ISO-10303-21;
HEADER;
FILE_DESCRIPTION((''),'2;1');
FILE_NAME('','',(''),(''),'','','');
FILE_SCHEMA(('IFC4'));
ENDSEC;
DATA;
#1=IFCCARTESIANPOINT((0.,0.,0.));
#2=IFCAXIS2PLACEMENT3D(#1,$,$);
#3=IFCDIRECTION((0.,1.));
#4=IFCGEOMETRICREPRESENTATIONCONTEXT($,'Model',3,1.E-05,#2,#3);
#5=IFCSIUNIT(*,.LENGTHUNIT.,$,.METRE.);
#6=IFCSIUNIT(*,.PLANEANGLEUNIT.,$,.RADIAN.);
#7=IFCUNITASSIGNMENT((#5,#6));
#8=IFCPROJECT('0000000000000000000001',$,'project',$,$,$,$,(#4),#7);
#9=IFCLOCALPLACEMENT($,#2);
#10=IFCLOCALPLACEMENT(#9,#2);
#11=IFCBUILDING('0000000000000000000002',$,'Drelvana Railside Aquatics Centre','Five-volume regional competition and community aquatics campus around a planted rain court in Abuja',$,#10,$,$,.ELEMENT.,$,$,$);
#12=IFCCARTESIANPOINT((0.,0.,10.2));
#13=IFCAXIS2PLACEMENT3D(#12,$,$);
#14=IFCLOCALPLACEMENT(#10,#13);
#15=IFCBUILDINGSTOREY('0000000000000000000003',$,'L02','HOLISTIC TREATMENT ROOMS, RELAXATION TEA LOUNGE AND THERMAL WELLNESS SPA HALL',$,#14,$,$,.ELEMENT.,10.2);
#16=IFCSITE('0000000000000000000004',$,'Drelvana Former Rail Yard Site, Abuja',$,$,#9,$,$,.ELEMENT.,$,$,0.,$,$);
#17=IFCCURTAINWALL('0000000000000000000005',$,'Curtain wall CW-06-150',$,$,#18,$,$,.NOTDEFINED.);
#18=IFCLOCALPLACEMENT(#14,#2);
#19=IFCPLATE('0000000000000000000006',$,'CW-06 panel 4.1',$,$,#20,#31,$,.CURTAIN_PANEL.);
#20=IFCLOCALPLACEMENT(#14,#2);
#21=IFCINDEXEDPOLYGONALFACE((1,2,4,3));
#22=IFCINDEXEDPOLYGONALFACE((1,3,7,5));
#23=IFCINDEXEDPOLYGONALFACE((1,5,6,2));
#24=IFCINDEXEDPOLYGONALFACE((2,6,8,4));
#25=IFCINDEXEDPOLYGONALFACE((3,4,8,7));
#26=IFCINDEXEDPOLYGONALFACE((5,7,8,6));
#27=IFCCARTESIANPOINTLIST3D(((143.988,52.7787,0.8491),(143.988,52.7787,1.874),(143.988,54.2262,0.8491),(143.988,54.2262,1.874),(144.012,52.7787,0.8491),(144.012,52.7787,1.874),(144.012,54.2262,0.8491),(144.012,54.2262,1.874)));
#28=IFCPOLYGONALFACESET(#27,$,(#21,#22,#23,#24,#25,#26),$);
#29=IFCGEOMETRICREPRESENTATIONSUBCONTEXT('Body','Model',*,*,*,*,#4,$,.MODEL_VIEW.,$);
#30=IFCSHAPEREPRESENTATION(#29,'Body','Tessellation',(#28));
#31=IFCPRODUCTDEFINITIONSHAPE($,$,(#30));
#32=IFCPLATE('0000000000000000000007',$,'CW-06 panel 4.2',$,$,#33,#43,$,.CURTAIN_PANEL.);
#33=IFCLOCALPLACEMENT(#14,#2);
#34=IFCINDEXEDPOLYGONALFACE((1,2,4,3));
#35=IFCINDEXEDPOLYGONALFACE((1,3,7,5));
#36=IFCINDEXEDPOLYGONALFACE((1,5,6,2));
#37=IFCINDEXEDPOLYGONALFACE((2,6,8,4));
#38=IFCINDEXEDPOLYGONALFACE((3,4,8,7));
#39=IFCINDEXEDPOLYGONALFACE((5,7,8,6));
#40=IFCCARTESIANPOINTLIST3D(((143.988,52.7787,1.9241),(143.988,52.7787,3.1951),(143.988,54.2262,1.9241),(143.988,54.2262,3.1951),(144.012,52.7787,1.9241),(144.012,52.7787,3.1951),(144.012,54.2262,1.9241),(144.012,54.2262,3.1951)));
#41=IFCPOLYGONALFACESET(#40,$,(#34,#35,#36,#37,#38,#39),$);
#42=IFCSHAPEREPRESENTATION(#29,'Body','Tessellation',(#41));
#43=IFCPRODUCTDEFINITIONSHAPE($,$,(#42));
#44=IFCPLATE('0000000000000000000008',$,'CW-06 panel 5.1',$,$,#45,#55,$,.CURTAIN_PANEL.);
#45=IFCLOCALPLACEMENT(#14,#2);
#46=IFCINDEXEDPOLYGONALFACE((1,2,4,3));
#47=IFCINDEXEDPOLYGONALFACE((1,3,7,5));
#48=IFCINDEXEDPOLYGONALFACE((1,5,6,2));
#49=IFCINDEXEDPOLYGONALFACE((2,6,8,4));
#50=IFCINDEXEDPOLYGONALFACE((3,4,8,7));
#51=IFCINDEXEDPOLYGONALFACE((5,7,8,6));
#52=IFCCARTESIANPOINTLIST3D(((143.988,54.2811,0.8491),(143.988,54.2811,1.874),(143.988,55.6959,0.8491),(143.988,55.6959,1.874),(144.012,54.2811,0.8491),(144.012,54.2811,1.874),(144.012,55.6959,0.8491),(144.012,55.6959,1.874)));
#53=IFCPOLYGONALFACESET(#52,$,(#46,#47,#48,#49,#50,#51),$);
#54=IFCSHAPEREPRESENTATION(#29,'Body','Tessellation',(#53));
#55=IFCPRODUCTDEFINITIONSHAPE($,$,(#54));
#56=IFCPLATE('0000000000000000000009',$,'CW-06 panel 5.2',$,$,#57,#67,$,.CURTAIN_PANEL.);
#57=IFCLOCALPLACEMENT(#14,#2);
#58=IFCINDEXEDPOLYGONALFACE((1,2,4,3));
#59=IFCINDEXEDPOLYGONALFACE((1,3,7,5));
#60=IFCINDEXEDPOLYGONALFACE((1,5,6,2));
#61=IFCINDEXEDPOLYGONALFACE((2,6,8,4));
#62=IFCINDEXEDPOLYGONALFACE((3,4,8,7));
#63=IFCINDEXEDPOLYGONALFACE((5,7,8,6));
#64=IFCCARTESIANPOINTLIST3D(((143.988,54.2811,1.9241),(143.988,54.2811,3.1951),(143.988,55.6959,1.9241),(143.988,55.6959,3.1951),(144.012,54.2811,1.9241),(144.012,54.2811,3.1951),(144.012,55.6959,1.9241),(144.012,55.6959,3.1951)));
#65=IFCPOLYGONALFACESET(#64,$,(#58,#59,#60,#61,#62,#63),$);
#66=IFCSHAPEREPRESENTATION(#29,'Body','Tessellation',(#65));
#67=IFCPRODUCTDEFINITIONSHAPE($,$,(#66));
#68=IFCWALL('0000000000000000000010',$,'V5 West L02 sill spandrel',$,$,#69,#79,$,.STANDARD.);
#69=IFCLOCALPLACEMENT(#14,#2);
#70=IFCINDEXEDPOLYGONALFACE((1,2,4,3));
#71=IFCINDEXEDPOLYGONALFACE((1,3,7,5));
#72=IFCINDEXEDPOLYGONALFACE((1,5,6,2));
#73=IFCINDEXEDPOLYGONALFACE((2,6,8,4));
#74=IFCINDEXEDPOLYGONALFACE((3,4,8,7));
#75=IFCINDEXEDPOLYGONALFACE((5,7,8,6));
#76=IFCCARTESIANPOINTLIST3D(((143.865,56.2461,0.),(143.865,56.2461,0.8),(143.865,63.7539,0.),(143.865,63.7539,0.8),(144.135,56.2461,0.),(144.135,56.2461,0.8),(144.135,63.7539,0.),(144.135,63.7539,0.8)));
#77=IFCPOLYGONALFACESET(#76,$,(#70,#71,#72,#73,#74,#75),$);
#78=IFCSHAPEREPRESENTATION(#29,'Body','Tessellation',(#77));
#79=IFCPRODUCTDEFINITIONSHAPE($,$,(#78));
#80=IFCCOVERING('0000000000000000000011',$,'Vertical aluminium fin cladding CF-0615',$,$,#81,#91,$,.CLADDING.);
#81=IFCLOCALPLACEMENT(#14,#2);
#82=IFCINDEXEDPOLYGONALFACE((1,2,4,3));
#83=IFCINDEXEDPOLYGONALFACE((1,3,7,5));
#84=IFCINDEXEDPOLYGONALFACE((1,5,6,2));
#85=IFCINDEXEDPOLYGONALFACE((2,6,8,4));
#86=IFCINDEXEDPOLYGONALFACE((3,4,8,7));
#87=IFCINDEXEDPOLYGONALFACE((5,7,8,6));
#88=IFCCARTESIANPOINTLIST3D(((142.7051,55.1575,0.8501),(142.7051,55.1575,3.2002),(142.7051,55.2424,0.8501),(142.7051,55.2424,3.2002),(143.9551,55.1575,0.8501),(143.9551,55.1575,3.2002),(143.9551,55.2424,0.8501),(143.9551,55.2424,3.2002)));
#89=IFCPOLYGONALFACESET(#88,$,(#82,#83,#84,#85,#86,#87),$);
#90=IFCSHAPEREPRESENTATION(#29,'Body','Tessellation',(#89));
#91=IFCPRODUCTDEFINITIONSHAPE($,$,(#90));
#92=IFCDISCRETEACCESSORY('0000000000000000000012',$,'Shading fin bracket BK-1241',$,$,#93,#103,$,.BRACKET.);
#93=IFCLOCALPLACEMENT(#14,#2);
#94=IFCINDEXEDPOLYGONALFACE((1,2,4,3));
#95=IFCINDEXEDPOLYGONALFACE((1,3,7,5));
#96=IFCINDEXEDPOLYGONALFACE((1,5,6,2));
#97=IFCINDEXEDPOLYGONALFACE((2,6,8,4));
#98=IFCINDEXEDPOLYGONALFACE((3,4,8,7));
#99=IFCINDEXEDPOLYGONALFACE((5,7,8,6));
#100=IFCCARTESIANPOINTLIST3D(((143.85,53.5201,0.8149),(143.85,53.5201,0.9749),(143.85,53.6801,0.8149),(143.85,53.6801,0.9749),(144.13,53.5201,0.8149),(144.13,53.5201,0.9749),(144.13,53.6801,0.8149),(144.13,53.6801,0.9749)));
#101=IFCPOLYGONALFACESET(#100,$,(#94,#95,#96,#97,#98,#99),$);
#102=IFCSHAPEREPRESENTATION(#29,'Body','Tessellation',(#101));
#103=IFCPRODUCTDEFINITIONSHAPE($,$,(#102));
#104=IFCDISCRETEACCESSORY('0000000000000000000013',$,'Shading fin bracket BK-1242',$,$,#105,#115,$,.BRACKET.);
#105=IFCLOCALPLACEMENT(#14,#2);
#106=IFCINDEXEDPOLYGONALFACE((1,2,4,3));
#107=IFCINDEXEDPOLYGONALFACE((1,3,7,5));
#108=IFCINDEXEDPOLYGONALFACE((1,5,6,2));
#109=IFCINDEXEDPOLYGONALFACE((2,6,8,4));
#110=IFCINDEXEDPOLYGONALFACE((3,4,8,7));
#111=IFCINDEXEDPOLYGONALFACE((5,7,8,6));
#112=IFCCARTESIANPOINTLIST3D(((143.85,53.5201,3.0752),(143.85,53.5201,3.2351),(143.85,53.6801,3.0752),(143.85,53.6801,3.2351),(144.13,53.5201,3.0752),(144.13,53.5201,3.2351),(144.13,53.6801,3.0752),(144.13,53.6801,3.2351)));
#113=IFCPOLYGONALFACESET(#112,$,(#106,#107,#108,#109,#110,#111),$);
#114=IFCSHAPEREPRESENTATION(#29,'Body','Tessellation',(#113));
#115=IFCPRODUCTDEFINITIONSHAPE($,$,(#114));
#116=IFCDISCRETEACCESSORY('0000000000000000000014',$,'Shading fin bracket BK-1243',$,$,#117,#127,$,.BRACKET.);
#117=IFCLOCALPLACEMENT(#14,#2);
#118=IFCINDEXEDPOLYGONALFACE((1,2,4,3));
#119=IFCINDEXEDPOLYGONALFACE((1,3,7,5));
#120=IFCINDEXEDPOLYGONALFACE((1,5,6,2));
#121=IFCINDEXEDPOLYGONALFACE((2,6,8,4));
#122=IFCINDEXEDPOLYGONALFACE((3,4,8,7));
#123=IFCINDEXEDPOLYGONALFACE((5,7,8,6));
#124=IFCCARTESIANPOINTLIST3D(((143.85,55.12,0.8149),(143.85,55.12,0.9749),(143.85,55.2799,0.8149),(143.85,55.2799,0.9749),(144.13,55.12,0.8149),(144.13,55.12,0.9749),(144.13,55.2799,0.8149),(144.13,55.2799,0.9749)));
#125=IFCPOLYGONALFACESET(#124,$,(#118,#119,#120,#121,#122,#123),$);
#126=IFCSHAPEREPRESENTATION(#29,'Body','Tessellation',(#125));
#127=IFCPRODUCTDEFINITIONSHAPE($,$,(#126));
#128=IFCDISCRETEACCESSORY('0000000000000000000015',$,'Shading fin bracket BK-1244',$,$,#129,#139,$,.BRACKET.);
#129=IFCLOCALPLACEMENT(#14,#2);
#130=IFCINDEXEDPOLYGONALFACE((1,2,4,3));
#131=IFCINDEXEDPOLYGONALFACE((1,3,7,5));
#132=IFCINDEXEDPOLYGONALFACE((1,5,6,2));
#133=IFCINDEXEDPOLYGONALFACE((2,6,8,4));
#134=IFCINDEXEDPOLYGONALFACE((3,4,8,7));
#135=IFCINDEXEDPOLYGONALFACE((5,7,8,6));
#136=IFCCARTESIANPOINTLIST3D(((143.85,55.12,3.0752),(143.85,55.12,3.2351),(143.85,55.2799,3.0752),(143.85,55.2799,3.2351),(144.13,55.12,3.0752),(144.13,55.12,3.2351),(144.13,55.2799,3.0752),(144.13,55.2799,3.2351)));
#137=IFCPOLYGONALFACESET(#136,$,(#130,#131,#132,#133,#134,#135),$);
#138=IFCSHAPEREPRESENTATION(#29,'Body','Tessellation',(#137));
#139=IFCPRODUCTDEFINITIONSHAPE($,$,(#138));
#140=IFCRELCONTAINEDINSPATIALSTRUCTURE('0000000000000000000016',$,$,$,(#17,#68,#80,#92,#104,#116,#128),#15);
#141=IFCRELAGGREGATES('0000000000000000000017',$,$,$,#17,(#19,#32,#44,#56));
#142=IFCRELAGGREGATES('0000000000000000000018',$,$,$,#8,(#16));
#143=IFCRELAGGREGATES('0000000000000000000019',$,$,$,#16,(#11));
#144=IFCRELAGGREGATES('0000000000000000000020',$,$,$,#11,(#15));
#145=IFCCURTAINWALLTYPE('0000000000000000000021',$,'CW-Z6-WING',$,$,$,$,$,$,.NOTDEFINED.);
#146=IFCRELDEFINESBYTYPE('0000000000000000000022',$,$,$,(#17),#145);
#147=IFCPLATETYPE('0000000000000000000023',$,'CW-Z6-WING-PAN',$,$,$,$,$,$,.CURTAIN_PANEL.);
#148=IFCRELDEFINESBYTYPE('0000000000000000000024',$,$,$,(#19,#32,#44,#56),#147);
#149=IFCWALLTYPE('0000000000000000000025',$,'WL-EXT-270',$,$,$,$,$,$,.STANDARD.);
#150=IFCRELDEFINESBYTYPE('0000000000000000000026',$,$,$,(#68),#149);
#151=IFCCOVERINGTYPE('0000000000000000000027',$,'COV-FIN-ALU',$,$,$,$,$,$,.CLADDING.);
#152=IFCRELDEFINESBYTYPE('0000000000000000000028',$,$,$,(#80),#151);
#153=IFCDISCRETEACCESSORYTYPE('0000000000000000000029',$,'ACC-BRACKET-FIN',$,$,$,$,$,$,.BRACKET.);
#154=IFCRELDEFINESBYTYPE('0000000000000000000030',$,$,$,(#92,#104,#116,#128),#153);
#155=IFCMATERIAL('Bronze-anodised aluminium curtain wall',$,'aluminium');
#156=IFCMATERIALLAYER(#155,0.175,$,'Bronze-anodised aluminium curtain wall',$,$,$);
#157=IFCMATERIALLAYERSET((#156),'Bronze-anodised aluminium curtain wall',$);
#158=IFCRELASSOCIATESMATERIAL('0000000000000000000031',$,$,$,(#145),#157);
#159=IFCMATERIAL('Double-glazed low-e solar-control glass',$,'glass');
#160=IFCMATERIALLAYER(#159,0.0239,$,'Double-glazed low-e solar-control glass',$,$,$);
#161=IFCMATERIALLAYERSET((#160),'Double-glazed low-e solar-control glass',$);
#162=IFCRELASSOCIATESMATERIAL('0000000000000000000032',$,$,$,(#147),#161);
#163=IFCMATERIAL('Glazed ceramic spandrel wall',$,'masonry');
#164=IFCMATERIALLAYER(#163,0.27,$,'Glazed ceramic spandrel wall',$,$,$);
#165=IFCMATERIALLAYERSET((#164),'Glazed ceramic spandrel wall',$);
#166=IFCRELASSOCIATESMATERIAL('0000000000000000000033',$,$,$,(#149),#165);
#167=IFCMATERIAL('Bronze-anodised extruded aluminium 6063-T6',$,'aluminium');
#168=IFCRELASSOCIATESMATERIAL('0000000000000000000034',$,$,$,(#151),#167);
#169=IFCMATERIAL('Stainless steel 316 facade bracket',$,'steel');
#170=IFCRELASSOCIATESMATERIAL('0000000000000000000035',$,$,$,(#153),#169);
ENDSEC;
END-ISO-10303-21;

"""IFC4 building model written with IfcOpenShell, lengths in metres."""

from ifc_helpers import new_model, si_unit, direction, frame, frame_2d, origin, origin_2d, place, context, subcontext, project, spatial, rectangle, extrude, material, layer, layer_set, type_object, element, aggregate, save


model = new_model("IFC4")

# Units and contexts
model_context = context("Model", 3, precision=1e-05, world=origin(), true_north=direction((0.0, 1.0)))
body_context = subcontext(model_context, "Body", "Model", "MODEL_VIEW")
ifc_project = project(units=[si_unit("LENGTHUNIT", "METRE"), si_unit("PLANEANGLEUNIT", "RADIAN")], contexts=[model_context])

# Site, building, storey
site_placement = place(None, origin())
site = spatial("IfcSite", under=ifc_project, at=site_placement, Name="Drelvana Former Rail Yard Site, Abuja", CompositionType="ELEMENT", RefElevation=0.0)
building_placement = place(site_placement, origin())
building = spatial("IfcBuilding", under=site, at=building_placement, Name="Drelvana Railside Aquatics Centre", Description="Five-volume regional competition and community aquatics campus around a planted rain court in Abuja", CompositionType="ELEMENT")
storey_placement = place(building_placement, frame((0.0, 0.0, 10.2)))
storey = spatial("IfcBuildingStorey", under=building, at=storey_placement, Name="L02", Description="HOLISTIC TREATMENT ROOMS, RELAXATION TEA LOUNGE AND THERMAL WELLNESS SPA HALL", CompositionType="ELEMENT", Elevation=10.2)

# Curtain wall
ifc_material_1 = material(Name="Bronze-anodised aluminium curtain wall", Category="aluminium")
ifc_layer_1 = layer(ifc_material_1, 0.175, Name="Bronze-anodised aluminium curtain wall")
ifc_layer_set_1 = layer_set([ifc_layer_1], Name="Bronze-anodised aluminium curtain wall")
curtain_wall_type = type_object("IfcCurtainWallType", Name="CW-Z6-WING", PredefinedType="NOTDEFINED", material=ifc_layer_set_1)
curtain_wall_1_placement = place(storey_placement, origin())
curtain_wall_1 = element("IfcCurtainWall", 1, at=curtain_wall_1_placement, inside=storey, type_object=curtain_wall_type, Name="Curtain wall CW-06-150", PredefinedType="NOTDEFINED")

# Plates
ifc_material_2 = material(Name="Double-glazed low-e solar-control glass", Category="glass")
ifc_layer_2 = layer(ifc_material_2, 0.0239, Name="Double-glazed low-e solar-control glass")
ifc_layer_set_2 = layer_set([ifc_layer_2], Name="Double-glazed low-e solar-control glass")
plate_type = type_object("IfcPlateType", Name="CW-Z6-WING-PAN", PredefinedType="CURTAIN_PANEL", material=ifc_layer_set_2)
plate_1_placement = place(storey_placement, frame((144.0, 53.5024, 0.8491), z_axis=(0.0, 0.0, 1.0), x_axis=(0.0, 1.0, 0.0)))
plate_1 = element("IfcPlate", 2, at=plate_1_placement, type_object=plate_type, Name="CW-06 panel 4.1", PredefinedType="CURTAIN_PANEL", context=body_context, shape_type="SweptSolid", body=[
    extrude(rectangle(XDim=1.4475, YDim=0.0239, at=origin_2d()), origin(), (0.0, 0.0, 1.0), 1.0249),
])
plate_2_placement = place(storey_placement, frame((144.0, 53.5024, 1.9241), z_axis=(0.0, 0.0, 1.0), x_axis=(0.0, 1.0, 0.0)))
plate_2 = element("IfcPlate", 3, at=plate_2_placement, type_object=plate_type, Name="CW-06 panel 4.2", PredefinedType="CURTAIN_PANEL", context=body_context, shape_type="SweptSolid", body=[
    extrude(rectangle(XDim=1.4475, YDim=0.0239, at=origin_2d()), origin(), (0.0, 0.0, 1.0), 1.271),
])
plate_3_placement = place(storey_placement, frame((144.0, 54.9885, 0.8491), z_axis=(0.0, 0.0, 1.0), x_axis=(0.0, 1.0, 0.0)))
plate_3 = element("IfcPlate", 4, at=plate_3_placement, type_object=plate_type, Name="CW-06 panel 5.1", PredefinedType="CURTAIN_PANEL", context=body_context, shape_type="SweptSolid", body=[
    extrude(rectangle(XDim=1.4148, YDim=0.0239, at=origin_2d()), origin(), (0.0, 0.0, 1.0), 1.0249),
])
plate_4_placement = place(storey_placement, frame((144.0, 54.9885, 1.9241), z_axis=(0.0, 0.0, 1.0), x_axis=(0.0, 1.0, 0.0)))
plate_4 = element("IfcPlate", 5, at=plate_4_placement, type_object=plate_type, Name="CW-06 panel 5.2", PredefinedType="CURTAIN_PANEL", context=body_context, shape_type="SweptSolid", body=[
    extrude(rectangle(XDim=1.4148, YDim=0.0239, at=origin_2d()), origin(), (0.0, 0.0, 1.0), 1.271),
])
aggregate(curtain_wall_1, [plate_1, plate_2, plate_3, plate_4])

# Wall
ifc_material_3 = material(Name="Glazed ceramic spandrel wall", Category="masonry")
ifc_layer_3 = layer(ifc_material_3, 0.27, Name="Glazed ceramic spandrel wall")
ifc_layer_set_3 = layer_set([ifc_layer_3], Name="Glazed ceramic spandrel wall")
wall_type = type_object("IfcWallType", Name="WL-EXT-270", PredefinedType="STANDARD", material=ifc_layer_set_3)
wall_placement = place(storey_placement, frame((144.0, 56.2461, 0.0), z_axis=(0.0, 0.0, 1.0), x_axis=(0.0, 1.0, 0.0)))
element("IfcWall", 6, at=wall_placement, inside=storey, type_object=wall_type, Name="V5 West L02 sill spandrel", PredefinedType="STANDARD", context=body_context, shape_type="SweptSolid", body=[
    extrude(rectangle(XDim=7.5078, YDim=0.27, at=frame_2d((3.7539, 0.0))), origin(), (0.0, 0.0, 1.0), 0.8),
])

# Covering
ifc_material_4 = material(Name="Bronze-anodised extruded aluminium 6063-T6", Category="aluminium")
covering_type = type_object("IfcCoveringType", Name="COV-FIN-ALU", PredefinedType="CLADDING", material=ifc_material_4)
covering_placement = place(storey_placement, frame((143.3301, 55.2, 0.8501), z_axis=(0.0, 0.0, 1.0), x_axis=(0.0, 1.0, 0.0)))
element("IfcCovering", 7, at=covering_placement, inside=storey, type_object=covering_type, Name="Vertical aluminium fin cladding CF-0615", PredefinedType="CLADDING", context=body_context, shape_type="SweptSolid", body=[
    extrude(rectangle(XDim=0.085, YDim=1.25, at=origin_2d()), origin(), (0.0, 0.0, 1.0), 2.3501),
])

# Discrete accessories
ifc_material_5 = material(Name="Stainless steel 316 facade bracket", Category="steel")
discrete_accessory_type = type_object("IfcDiscreteAccessoryType", Name="ACC-BRACKET-FIN", PredefinedType="BRACKET", material=ifc_material_5)
for number, where, z_axis, x_axis, name in (
    (8, (143.99, 53.6001, 0.8149), (0.0, 0.0, 1.0), (-1.0, 0.0, 0.0), "Shading fin bracket BK-1241"),
    (9, (143.99, 53.6001, 3.0752), (0.0, 0.0, 1.0), (-1.0, 0.0, 0.0), "Shading fin bracket BK-1242"),
    (10, (143.99, 55.2, 0.8149), (0.0, 0.0, 1.0), (-1.0, 0.0, 0.0), "Shading fin bracket BK-1243"),
    (11, (143.99, 55.2, 3.0752), (0.0, 0.0, 1.0), (-1.0, 0.0, 0.0), "Shading fin bracket BK-1244"),
):
    element("IfcDiscreteAccessory", number, at=place(storey_placement, frame(where, z_axis=z_axis, x_axis=x_axis)), inside=storey, type_object=discrete_accessory_type, Name=name, PredefinedType="BRACKET", context=body_context, shape_type="SweptSolid", body=[
        extrude(rectangle(XDim=0.28, YDim=0.1599, at=origin_2d()), origin(), (0.0, 0.0, 1.0), 0.1599),
    ])

save(model, "model.ifc")
